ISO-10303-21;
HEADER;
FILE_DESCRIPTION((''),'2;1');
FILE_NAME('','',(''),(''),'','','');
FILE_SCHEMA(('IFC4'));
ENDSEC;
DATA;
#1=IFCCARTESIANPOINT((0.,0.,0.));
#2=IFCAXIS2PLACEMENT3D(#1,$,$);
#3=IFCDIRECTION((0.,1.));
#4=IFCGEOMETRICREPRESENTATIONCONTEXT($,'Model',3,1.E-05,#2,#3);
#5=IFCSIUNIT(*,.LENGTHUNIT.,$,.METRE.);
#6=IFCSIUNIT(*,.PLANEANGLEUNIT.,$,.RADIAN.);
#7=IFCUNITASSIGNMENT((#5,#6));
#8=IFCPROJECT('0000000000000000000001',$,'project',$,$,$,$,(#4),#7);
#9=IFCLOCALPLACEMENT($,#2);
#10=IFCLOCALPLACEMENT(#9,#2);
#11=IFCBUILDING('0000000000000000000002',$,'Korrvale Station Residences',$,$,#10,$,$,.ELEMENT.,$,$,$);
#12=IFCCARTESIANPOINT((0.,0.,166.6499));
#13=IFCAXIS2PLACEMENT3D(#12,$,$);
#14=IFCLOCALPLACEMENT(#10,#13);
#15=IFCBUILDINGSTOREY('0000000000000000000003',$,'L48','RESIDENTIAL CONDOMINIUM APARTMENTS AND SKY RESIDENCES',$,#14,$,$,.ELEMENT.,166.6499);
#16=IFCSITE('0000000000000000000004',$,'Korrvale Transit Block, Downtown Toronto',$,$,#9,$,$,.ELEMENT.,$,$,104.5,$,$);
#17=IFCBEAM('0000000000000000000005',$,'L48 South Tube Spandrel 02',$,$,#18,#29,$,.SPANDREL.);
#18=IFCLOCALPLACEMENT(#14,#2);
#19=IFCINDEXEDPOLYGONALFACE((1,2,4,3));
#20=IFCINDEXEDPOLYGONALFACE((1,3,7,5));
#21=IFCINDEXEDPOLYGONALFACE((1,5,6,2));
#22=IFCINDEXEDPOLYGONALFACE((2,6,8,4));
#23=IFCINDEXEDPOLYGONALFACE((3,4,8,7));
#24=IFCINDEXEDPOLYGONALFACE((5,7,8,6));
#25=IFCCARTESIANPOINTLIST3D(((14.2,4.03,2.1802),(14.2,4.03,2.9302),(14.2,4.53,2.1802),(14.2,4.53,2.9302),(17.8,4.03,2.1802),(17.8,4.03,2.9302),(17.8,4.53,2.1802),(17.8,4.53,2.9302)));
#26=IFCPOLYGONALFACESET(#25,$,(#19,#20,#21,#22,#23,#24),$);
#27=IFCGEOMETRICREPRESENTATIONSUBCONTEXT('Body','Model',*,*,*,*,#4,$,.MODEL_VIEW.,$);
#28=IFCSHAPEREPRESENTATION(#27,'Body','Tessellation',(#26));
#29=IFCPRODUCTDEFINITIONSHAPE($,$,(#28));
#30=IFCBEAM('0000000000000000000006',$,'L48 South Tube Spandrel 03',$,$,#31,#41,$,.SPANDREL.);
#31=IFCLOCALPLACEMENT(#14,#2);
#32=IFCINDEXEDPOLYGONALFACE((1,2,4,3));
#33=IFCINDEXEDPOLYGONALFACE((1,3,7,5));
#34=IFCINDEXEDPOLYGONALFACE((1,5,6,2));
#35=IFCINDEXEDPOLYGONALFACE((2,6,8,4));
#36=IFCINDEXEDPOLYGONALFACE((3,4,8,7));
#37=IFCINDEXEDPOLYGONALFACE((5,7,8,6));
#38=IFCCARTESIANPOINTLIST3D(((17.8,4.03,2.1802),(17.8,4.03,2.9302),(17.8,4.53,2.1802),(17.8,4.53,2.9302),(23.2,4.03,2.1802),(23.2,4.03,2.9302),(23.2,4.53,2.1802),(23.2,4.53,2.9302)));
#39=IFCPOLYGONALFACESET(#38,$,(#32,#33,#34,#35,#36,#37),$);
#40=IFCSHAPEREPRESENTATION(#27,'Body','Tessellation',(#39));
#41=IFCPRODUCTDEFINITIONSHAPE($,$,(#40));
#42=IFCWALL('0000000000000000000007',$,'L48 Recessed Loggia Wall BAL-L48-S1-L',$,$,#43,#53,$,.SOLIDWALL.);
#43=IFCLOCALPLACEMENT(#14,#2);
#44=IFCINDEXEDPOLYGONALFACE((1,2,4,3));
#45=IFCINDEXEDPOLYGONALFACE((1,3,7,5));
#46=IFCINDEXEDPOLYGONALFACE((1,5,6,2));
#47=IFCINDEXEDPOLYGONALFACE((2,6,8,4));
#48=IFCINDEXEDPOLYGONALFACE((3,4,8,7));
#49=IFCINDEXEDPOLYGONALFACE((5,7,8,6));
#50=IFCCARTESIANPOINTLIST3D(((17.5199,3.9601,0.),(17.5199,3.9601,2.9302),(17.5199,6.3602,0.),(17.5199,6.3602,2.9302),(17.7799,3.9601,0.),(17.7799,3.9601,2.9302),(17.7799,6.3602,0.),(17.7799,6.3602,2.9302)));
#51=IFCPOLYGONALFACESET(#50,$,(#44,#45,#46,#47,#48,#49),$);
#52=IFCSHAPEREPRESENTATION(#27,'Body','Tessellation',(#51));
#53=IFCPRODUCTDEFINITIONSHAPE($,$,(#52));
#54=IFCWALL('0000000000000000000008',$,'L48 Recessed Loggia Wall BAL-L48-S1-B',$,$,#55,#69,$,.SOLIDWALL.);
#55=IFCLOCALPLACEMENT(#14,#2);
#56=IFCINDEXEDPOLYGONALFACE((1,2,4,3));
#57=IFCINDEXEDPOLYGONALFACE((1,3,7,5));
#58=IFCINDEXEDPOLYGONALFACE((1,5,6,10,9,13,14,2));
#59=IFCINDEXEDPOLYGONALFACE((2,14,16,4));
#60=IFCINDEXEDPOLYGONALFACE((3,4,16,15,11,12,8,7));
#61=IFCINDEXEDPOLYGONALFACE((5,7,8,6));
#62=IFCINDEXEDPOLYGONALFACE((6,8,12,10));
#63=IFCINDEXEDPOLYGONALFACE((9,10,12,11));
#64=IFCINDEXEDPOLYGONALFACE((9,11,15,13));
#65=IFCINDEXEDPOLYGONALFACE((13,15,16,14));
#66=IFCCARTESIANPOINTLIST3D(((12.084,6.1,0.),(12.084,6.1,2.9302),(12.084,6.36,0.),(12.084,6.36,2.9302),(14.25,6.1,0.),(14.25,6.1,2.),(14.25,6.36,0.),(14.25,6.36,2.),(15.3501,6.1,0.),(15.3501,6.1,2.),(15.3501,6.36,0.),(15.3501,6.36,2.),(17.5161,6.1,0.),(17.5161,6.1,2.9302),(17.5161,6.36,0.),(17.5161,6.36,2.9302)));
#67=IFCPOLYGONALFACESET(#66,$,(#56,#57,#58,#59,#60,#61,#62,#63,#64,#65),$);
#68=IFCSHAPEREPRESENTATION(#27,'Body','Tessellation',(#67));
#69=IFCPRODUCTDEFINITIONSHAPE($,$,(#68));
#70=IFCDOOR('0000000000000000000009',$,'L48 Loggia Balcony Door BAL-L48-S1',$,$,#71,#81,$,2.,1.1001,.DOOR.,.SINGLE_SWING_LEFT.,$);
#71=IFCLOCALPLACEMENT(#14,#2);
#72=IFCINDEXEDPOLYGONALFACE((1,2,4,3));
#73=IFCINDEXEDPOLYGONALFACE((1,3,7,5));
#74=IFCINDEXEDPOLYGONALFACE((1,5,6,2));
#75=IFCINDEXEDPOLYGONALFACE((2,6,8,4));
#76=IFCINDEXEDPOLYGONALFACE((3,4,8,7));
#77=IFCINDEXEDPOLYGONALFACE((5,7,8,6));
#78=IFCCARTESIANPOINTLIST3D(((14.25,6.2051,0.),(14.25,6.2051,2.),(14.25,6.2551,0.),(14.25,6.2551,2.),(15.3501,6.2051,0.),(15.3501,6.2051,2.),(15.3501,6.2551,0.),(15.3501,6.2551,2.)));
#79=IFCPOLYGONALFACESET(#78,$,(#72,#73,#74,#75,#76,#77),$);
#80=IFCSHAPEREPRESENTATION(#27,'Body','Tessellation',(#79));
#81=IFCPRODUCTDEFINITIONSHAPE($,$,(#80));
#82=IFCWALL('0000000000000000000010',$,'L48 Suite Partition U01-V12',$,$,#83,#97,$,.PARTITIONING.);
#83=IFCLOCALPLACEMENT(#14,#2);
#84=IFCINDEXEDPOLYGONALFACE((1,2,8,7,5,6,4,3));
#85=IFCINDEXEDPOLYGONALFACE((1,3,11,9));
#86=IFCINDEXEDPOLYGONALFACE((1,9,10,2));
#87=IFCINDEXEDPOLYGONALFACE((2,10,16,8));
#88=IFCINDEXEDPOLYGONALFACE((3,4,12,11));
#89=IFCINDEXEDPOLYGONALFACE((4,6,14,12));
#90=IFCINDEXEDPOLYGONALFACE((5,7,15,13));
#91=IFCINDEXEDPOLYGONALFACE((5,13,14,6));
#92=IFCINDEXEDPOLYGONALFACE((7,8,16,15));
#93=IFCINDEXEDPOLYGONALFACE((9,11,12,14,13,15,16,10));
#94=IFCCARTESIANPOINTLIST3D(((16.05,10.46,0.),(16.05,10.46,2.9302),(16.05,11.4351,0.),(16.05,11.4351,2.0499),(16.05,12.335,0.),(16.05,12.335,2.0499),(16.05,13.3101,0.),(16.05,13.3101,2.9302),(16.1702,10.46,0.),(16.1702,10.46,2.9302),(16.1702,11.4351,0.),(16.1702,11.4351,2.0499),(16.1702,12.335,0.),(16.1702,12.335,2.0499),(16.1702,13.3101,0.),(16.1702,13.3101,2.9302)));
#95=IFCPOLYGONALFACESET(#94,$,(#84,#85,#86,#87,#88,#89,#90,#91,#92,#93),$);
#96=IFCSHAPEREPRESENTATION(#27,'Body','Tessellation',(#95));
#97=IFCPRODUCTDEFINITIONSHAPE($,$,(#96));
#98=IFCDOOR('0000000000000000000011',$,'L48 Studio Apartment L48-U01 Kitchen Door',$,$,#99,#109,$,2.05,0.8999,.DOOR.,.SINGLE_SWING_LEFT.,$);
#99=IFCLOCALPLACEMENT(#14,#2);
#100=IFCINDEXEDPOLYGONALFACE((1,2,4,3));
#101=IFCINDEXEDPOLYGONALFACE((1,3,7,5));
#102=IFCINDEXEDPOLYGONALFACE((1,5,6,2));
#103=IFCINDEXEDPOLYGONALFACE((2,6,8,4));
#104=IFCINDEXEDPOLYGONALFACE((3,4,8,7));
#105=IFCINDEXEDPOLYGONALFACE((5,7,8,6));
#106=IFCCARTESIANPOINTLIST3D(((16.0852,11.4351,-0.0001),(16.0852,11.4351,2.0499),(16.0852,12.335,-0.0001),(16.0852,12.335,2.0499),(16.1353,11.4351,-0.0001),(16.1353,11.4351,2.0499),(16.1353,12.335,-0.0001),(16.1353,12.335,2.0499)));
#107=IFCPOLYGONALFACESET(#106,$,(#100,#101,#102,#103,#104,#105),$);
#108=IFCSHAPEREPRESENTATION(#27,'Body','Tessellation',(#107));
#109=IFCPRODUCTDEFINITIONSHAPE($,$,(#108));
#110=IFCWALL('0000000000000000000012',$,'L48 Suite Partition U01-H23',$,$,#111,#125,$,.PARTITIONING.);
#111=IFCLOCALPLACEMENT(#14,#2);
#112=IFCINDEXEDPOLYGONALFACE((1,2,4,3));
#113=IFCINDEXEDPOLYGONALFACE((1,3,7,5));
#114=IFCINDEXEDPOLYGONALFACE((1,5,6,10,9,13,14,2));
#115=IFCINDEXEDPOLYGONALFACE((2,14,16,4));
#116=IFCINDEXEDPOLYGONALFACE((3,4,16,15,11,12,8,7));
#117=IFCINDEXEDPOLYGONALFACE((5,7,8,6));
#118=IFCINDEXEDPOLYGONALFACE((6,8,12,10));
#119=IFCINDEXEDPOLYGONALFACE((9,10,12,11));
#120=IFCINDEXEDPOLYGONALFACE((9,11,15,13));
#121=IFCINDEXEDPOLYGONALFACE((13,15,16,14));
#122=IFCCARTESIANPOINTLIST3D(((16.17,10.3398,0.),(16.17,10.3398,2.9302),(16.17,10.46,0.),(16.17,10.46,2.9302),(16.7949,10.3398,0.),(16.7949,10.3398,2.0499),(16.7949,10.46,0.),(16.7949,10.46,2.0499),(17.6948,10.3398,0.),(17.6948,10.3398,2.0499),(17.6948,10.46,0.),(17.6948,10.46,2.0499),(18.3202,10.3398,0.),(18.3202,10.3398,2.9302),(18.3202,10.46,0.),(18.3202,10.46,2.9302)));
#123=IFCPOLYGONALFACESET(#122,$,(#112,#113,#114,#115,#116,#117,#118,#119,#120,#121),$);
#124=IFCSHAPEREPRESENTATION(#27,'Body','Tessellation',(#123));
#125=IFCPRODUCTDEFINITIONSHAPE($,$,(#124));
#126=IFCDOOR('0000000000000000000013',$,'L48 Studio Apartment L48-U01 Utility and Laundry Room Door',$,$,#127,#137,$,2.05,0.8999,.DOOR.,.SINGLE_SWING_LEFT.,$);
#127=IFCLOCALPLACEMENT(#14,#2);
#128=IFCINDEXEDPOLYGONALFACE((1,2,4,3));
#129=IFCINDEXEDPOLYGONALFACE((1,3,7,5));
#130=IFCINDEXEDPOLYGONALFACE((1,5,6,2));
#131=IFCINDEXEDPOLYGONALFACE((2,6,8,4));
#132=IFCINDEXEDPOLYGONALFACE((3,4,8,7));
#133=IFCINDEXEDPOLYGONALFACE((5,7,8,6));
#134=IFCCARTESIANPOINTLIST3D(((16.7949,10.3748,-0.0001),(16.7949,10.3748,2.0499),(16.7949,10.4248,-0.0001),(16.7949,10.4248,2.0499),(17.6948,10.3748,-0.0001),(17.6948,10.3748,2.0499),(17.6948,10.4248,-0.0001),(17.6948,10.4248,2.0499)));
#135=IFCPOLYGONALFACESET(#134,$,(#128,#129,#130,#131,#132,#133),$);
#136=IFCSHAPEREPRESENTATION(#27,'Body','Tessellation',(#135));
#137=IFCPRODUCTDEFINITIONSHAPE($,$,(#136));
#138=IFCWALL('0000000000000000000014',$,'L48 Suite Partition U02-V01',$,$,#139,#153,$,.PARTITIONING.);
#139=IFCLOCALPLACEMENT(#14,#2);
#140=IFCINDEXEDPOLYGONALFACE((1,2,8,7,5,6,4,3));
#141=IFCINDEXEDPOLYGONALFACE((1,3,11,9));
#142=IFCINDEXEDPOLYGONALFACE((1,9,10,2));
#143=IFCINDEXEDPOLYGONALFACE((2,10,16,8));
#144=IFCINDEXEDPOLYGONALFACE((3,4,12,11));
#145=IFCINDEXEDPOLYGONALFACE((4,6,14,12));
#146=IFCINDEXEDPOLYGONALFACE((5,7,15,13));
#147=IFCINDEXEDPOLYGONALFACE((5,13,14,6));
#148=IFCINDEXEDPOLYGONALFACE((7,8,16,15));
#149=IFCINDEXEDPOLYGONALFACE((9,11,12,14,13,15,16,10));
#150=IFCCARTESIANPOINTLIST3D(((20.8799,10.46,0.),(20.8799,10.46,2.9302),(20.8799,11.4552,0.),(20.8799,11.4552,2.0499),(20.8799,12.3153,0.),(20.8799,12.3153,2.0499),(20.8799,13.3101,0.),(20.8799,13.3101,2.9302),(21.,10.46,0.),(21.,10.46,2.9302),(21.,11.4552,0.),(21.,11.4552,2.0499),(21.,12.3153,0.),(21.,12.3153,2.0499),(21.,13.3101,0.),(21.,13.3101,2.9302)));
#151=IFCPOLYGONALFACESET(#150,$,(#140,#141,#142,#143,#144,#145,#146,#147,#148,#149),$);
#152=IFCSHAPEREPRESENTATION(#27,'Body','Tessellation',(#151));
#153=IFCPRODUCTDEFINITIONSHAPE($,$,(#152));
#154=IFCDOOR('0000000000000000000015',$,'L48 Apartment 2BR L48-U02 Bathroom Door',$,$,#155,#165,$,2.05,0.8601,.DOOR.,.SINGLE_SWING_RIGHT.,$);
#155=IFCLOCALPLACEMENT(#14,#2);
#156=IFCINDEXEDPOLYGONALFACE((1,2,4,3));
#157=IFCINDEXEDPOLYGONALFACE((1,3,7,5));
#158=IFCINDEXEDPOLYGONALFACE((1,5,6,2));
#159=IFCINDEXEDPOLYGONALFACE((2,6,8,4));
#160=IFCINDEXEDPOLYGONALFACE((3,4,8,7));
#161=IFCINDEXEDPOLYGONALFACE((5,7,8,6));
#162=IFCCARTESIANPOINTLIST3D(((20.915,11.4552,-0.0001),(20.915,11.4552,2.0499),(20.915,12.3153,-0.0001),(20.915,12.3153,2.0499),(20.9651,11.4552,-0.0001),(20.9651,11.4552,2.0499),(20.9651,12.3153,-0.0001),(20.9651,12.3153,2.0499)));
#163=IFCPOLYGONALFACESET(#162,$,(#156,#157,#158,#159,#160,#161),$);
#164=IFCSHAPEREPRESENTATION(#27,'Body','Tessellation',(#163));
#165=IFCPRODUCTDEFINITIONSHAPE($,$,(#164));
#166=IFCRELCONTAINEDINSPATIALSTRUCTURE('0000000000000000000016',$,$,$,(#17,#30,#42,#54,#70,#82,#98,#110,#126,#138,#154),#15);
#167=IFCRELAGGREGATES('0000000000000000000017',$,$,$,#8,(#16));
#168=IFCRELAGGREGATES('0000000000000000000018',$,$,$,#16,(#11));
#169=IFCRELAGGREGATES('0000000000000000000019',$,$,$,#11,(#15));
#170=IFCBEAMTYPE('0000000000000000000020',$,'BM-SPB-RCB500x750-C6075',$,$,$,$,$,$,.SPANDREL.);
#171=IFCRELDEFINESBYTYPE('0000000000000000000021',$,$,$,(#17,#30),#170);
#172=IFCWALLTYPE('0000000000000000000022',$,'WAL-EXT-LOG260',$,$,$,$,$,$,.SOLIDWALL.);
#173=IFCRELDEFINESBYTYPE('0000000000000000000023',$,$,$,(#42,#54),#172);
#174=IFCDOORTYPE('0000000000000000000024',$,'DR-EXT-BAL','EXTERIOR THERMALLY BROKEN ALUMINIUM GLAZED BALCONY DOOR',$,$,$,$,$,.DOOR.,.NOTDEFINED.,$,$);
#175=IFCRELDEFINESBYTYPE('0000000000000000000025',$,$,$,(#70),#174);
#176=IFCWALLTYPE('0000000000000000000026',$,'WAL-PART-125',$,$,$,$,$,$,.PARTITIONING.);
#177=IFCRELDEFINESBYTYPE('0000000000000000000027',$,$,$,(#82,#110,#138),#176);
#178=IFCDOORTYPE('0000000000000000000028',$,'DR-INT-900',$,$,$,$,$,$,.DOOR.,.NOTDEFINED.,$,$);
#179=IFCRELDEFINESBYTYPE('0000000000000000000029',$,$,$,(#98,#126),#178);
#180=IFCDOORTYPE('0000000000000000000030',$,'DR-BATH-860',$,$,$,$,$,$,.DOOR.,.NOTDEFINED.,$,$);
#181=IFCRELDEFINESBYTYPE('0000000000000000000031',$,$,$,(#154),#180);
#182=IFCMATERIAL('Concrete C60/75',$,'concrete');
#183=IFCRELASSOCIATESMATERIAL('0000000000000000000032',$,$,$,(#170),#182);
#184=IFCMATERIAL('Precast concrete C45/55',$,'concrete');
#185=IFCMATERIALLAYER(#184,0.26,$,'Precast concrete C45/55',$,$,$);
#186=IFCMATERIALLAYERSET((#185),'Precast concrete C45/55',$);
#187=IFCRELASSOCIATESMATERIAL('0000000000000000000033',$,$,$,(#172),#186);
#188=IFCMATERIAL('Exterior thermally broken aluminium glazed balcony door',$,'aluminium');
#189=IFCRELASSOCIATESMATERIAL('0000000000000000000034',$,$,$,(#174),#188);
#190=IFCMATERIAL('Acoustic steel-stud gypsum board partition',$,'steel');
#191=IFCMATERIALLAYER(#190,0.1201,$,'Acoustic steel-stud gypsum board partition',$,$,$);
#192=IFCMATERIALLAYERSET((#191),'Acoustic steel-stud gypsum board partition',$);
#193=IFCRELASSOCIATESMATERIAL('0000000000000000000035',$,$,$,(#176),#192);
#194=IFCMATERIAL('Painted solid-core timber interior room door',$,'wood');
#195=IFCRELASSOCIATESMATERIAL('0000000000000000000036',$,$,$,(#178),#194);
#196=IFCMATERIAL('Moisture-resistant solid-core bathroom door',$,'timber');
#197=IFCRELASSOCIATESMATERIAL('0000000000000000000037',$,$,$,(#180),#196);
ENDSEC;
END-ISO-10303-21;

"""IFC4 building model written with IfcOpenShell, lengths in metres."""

from ifc_helpers import new_model, si_unit, direction, frame, frame_2d, origin, origin_2d, place, context, subcontext, project, spatial, rectangle, extrude, material, layer, layer_set, material_profile, profile_set, type_object, element, fill, save


model = new_model("IFC4")

# Units and contexts
model_context = context("Model", 3, precision=1e-05, world=origin(), true_north=direction((0.0, 1.0)))
body_context = subcontext(model_context, "Body", "Model", "MODEL_VIEW")
ifc_project = project(units=[si_unit("LENGTHUNIT", "METRE"), si_unit("PLANEANGLEUNIT", "RADIAN")], contexts=[model_context])

# Site, building, storey
site_placement = place(None, origin())
site = spatial("IfcSite", under=ifc_project, at=site_placement, Name="Korrvale Transit Block, Downtown Toronto", CompositionType="ELEMENT", RefElevation=104.5)
building_placement = place(site_placement, origin())
building = spatial("IfcBuilding", under=site, at=building_placement, Name="Korrvale Station Residences", CompositionType="ELEMENT")
storey_placement = place(building_placement, frame((0.0, 0.0, 166.6499)))
storey = spatial("IfcBuildingStorey", under=building, at=storey_placement, Name="L48", Description="RESIDENTIAL CONDOMINIUM APARTMENTS AND SKY RESIDENCES", CompositionType="ELEMENT", Elevation=166.6499)

# Shared definitions
ifc_material_1 = material(Name="Concrete C60/75", Category="concrete")

# Beams
ifc_material_profile_1 = material_profile(ifc_material_1, rectangle(XDim=0.5, YDim=0.75, at=origin_2d()), Name="RCB500x750")
ifc_profile_set_1 = profile_set([ifc_material_profile_1], Name="Concrete C60/75")
beam_type_1 = type_object("IfcBeamType", Name="BM-SPB-RCB500x750-C6075", PredefinedType="SPANDREL", material=ifc_profile_set_1)
beam_1_placement = place(storey_placement, frame((14.2, 4.28, 2.5552), z_axis=(1.0, 0.0, 0.0), x_axis=(0.0, 1.0, 0.0)))
element("IfcBeam", 1, at=beam_1_placement, inside=storey, type_object=beam_type_1, Name="L48 South Tube Spandrel 02", PredefinedType="SPANDREL", context=body_context, shape_type="SweptSolid", body=[
    extrude(rectangle(XDim=0.5, YDim=0.75, at=origin_2d()), origin(), (0.0, 0.0, 1.0), 3.6001),
])
beam_2_placement = place(storey_placement, frame((17.8, 4.28, 2.5552), z_axis=(1.0, 0.0, 0.0), x_axis=(0.0, 1.0, 0.0)))
element("IfcBeam", 2, at=beam_2_placement, inside=storey, type_object=beam_type_1, Name="L48 South Tube Spandrel 03", PredefinedType="SPANDREL", context=body_context, shape_type="SweptSolid", body=[
    extrude(rectangle(XDim=0.5, YDim=0.75, at=origin_2d()), origin(), (0.0, 0.0, 1.0), 5.3999),
])

# Wall
ifc_material_2 = material(Name="Precast concrete C45/55", Category="concrete")
ifc_layer_1 = layer(ifc_material_2, 0.26, Name="Precast concrete C45/55")
ifc_layer_set_1 = layer_set([ifc_layer_1], Name="Precast concrete C45/55")
wall_type_1 = type_object("IfcWallType", Name="WAL-EXT-LOG260", PredefinedType="SOLIDWALL", material=ifc_layer_set_1)
wall_1_placement = place(storey_placement, frame((17.6499, 3.96, 0.0), z_axis=(0.0, 0.0, 1.0), x_axis=(0.0, 1.0, 0.0)))
element("IfcWall", 3, at=wall_1_placement, inside=storey, type_object=wall_type_1, Name="L48 Recessed Loggia Wall BAL-L48-S1-L", PredefinedType="SOLIDWALL", context=body_context, shape_type="SweptSolid", body=[
    extrude(rectangle(XDim=2.4001, YDim=0.26, at=frame_2d((1.2002, 0.0))), origin(), (0.0, 0.0, 1.0), 2.9302),
])

# Walls, openings, doors
wall_2_placement = place(storey_placement, frame((17.5161, 6.23, 0.0), z_axis=(0.0, 0.0, 1.0), x_axis=(-1.0, 0.0, 0.0)))
wall_2 = element("IfcWall", 4, at=wall_2_placement, inside=storey, type_object=wall_type_1, Name="L48 Recessed Loggia Wall BAL-L48-S1-B", PredefinedType="SOLIDWALL", context=body_context, shape_type="SweptSolid", body=[
    extrude(rectangle(XDim=5.4321, YDim=0.26, at=frame_2d((2.7161, 0.0))), origin(), (0.0, 0.0, 1.0), 2.9302),
])
opening_1_placement = place(wall_2_placement, frame((2.166, 0.0, 0.0)))
opening_1 = element("IfcOpeningElement", 5, at=opening_1_placement, cuts=wall_2, PredefinedType="OPENING", context=body_context, shape_type="SweptSolid", body=[
    extrude(rectangle(XDim=1.1001, YDim=2.0, at=frame_2d((0.55, 1.0))), frame((0.0, 0.1401, 0.0), z_axis=(0.0, -1.0, 0.0), x_axis=(1.0, 0.0, 0.0)), (0.0, 0.0, 1.0), 0.28),
])
ifc_material_3 = material(Name="Exterior thermally broken aluminium glazed balcony door", Category="aluminium")
door_type_1 = type_object("IfcDoorType", Name="DR-EXT-BAL", Description="EXTERIOR THERMALLY BROKEN ALUMINIUM GLAZED BALCONY DOOR", OperationType="NOTDEFINED", PredefinedType="DOOR", material=ifc_material_3)
door_1_placement = place(opening_1_placement, origin())
door_1 = element("IfcDoor", 6, at=door_1_placement, inside=storey, type_object=door_type_1, Name="L48 Loggia Balcony Door BAL-L48-S1", OperationType="SINGLE_SWING_LEFT", OverallHeight=2.0, OverallWidth=1.1001, PredefinedType="DOOR", context=body_context, shape_type="SweptSolid", body=[
    extrude(rectangle(XDim=1.1001, YDim=2.0, at=frame_2d((0.55, 1.0))), frame((0.0, 0.0249, 0.0), z_axis=(0.0, -1.0, 0.0), x_axis=(1.0, 0.0, 0.0)), (0.0, 0.0, 1.0), 0.05),
])
fill(opening_1, door_1)
ifc_material_4 = material(Name="Acoustic steel-stud gypsum board partition", Category="steel")
ifc_layer_2 = layer(ifc_material_4, 0.1201, Name="Acoustic steel-stud gypsum board partition")
ifc_layer_set_2 = layer_set([ifc_layer_2], Name="Acoustic steel-stud gypsum board partition")
wall_type_2 = type_object("IfcWallType", Name="WAL-PART-125", PredefinedType="PARTITIONING", material=ifc_layer_set_2)
wall_3_placement = place(storey_placement, frame((16.1101, 10.46, 0.0), z_axis=(0.0, 0.0, 1.0), x_axis=(0.0, 1.0, 0.0)))
wall_3 = element("IfcWall", 7, at=wall_3_placement, inside=storey, type_object=wall_type_2, Name="L48 Suite Partition U01-V12", PredefinedType="PARTITIONING", context=body_context, shape_type="SweptSolid", body=[
    extrude(rectangle(XDim=2.8501, YDim=0.1201, at=frame_2d((1.425, 0.0))), origin(), (0.0, 0.0, 1.0), 2.9302),
])
opening_2_placement = place(wall_3_placement, frame((0.9751, 0.0, 0.0)))
opening_2 = element("IfcOpeningElement", 8, at=opening_2_placement, cuts=wall_3, PredefinedType="OPENING", context=body_context, shape_type="SweptSolid", body=[
    extrude(rectangle(XDim=0.8999, YDim=2.05, at=frame_2d((0.45, 1.0249))), frame((0.0, 0.0701, 0.0), z_axis=(0.0, -1.0, 0.0), x_axis=(1.0, 0.0, 0.0)), (0.0, 0.0, 1.0), 0.1401),
])
ifc_material_5 = material(Name="Painted solid-core timber interior room door", Category="wood")
door_type_2 = type_object("IfcDoorType", Name="DR-INT-900", OperationType="NOTDEFINED", PredefinedType="DOOR", material=ifc_material_5)
door_2_placement = place(opening_2_placement, origin())
door_2 = element("IfcDoor", 9, at=door_2_placement, inside=storey, type_object=door_type_2, Name="L48 Studio Apartment L48-U01 Kitchen Door", OperationType="SINGLE_SWING_LEFT", OverallHeight=2.05, OverallWidth=0.8999, PredefinedType="DOOR", context=body_context, shape_type="SweptSolid", body=[
    extrude(rectangle(XDim=0.8999, YDim=2.05, at=frame_2d((0.45, 1.0249))), frame((0.0, 0.0249, 0.0), z_axis=(0.0, -1.0, 0.0), x_axis=(1.0, 0.0, 0.0)), (0.0, 0.0, 1.0), 0.05),
])
fill(opening_2, door_2)
wall_4_placement = place(storey_placement, frame((16.1699, 10.3999, 0.0), z_axis=(0.0, 0.0, 1.0), x_axis=(1.0, 0.0, 0.0)))
wall_4 = element("IfcWall", 10, at=wall_4_placement, inside=storey, type_object=wall_type_2, Name="L48 Suite Partition U01-H23", PredefinedType="PARTITIONING", context=body_context, shape_type="SweptSolid", body=[
    extrude(rectangle(XDim=2.1501, YDim=0.1201, at=frame_2d((1.0752, 0.0))), origin(), (0.0, 0.0, 1.0), 2.9302),
])
opening_3_placement = place(wall_4_placement, frame((0.625, 0.0, 0.0)))
opening_3 = element("IfcOpeningElement", 11, at=opening_3_placement, cuts=wall_4, PredefinedType="OPENING", context=body_context, shape_type="SweptSolid", body=[
    extrude(rectangle(XDim=0.8999, YDim=2.05, at=frame_2d((0.45, 1.0249))), frame((0.0, 0.0701, 0.0), z_axis=(0.0, -1.0, 0.0), x_axis=(1.0, 0.0, 0.0)), (0.0, 0.0, 1.0), 0.1401),
])
door_3_placement = place(opening_3_placement, origin())
door_3 = element("IfcDoor", 12, at=door_3_placement, inside=storey, type_object=door_type_2, Name="L48 Studio Apartment L48-U01 Utility and Laundry Room Door", OperationType="SINGLE_SWING_LEFT", OverallHeight=2.05, OverallWidth=0.8999, PredefinedType="DOOR", context=body_context, shape_type="SweptSolid", body=[
    extrude(rectangle(XDim=0.8999, YDim=2.05, at=frame_2d((0.45, 1.0249))), frame((0.0, 0.0249, 0.0), z_axis=(0.0, -1.0, 0.0), x_axis=(1.0, 0.0, 0.0)), (0.0, 0.0, 1.0), 0.05),
])
fill(opening_3, door_3)
wall_5_placement = place(storey_placement, frame((20.9399, 10.46, 0.0), z_axis=(0.0, 0.0, 1.0), x_axis=(0.0, 1.0, 0.0)))
wall_5 = element("IfcWall", 13, at=wall_5_placement, inside=storey, type_object=wall_type_2, Name="L48 Suite Partition U02-V01", PredefinedType="PARTITIONING", context=body_context, shape_type="SweptSolid", body=[
    extrude(rectangle(XDim=2.8501, YDim=0.1201, at=frame_2d((1.425, 0.0))), origin(), (0.0, 0.0, 1.0), 2.9302),
])
opening_4_placement = place(wall_5_placement, frame((0.9951, 0.0, 0.0)))
opening_4 = element("IfcOpeningElement", 14, at=opening_4_placement, cuts=wall_5, PredefinedType="OPENING", context=body_context, shape_type="SweptSolid", body=[
    extrude(rectangle(XDim=0.8601, YDim=2.05, at=frame_2d((0.4302, 1.0249))), frame((0.0, 0.0701, 0.0), z_axis=(0.0, -1.0, 0.0), x_axis=(1.0, 0.0, 0.0)), (0.0, 0.0, 1.0), 0.1401),
])
ifc_material_6 = material(Name="Moisture-resistant solid-core bathroom door", Category="timber")
door_type_3 = type_object("IfcDoorType", Name="DR-BATH-860", OperationType="NOTDEFINED", PredefinedType="DOOR", material=ifc_material_6)
door_4_placement = place(opening_4_placement, origin())
door_4 = element("IfcDoor", 15, at=door_4_placement, inside=storey, type_object=door_type_3, Name="L48 Apartment 2BR L48-U02 Bathroom Door", OperationType="SINGLE_SWING_RIGHT", OverallHeight=2.05, OverallWidth=0.8601, PredefinedType="DOOR", context=body_context, shape_type="SweptSolid", body=[
    extrude(rectangle(XDim=0.8601, YDim=2.05, at=frame_2d((0.4302, 1.0249))), frame((0.0, 0.0249, 0.0), z_axis=(0.0, -1.0, 0.0), x_axis=(1.0, 0.0, 0.0)), (0.0, 0.0, 1.0), 0.05),
])
fill(opening_4, door_4)

save(model, "model.ifc")
